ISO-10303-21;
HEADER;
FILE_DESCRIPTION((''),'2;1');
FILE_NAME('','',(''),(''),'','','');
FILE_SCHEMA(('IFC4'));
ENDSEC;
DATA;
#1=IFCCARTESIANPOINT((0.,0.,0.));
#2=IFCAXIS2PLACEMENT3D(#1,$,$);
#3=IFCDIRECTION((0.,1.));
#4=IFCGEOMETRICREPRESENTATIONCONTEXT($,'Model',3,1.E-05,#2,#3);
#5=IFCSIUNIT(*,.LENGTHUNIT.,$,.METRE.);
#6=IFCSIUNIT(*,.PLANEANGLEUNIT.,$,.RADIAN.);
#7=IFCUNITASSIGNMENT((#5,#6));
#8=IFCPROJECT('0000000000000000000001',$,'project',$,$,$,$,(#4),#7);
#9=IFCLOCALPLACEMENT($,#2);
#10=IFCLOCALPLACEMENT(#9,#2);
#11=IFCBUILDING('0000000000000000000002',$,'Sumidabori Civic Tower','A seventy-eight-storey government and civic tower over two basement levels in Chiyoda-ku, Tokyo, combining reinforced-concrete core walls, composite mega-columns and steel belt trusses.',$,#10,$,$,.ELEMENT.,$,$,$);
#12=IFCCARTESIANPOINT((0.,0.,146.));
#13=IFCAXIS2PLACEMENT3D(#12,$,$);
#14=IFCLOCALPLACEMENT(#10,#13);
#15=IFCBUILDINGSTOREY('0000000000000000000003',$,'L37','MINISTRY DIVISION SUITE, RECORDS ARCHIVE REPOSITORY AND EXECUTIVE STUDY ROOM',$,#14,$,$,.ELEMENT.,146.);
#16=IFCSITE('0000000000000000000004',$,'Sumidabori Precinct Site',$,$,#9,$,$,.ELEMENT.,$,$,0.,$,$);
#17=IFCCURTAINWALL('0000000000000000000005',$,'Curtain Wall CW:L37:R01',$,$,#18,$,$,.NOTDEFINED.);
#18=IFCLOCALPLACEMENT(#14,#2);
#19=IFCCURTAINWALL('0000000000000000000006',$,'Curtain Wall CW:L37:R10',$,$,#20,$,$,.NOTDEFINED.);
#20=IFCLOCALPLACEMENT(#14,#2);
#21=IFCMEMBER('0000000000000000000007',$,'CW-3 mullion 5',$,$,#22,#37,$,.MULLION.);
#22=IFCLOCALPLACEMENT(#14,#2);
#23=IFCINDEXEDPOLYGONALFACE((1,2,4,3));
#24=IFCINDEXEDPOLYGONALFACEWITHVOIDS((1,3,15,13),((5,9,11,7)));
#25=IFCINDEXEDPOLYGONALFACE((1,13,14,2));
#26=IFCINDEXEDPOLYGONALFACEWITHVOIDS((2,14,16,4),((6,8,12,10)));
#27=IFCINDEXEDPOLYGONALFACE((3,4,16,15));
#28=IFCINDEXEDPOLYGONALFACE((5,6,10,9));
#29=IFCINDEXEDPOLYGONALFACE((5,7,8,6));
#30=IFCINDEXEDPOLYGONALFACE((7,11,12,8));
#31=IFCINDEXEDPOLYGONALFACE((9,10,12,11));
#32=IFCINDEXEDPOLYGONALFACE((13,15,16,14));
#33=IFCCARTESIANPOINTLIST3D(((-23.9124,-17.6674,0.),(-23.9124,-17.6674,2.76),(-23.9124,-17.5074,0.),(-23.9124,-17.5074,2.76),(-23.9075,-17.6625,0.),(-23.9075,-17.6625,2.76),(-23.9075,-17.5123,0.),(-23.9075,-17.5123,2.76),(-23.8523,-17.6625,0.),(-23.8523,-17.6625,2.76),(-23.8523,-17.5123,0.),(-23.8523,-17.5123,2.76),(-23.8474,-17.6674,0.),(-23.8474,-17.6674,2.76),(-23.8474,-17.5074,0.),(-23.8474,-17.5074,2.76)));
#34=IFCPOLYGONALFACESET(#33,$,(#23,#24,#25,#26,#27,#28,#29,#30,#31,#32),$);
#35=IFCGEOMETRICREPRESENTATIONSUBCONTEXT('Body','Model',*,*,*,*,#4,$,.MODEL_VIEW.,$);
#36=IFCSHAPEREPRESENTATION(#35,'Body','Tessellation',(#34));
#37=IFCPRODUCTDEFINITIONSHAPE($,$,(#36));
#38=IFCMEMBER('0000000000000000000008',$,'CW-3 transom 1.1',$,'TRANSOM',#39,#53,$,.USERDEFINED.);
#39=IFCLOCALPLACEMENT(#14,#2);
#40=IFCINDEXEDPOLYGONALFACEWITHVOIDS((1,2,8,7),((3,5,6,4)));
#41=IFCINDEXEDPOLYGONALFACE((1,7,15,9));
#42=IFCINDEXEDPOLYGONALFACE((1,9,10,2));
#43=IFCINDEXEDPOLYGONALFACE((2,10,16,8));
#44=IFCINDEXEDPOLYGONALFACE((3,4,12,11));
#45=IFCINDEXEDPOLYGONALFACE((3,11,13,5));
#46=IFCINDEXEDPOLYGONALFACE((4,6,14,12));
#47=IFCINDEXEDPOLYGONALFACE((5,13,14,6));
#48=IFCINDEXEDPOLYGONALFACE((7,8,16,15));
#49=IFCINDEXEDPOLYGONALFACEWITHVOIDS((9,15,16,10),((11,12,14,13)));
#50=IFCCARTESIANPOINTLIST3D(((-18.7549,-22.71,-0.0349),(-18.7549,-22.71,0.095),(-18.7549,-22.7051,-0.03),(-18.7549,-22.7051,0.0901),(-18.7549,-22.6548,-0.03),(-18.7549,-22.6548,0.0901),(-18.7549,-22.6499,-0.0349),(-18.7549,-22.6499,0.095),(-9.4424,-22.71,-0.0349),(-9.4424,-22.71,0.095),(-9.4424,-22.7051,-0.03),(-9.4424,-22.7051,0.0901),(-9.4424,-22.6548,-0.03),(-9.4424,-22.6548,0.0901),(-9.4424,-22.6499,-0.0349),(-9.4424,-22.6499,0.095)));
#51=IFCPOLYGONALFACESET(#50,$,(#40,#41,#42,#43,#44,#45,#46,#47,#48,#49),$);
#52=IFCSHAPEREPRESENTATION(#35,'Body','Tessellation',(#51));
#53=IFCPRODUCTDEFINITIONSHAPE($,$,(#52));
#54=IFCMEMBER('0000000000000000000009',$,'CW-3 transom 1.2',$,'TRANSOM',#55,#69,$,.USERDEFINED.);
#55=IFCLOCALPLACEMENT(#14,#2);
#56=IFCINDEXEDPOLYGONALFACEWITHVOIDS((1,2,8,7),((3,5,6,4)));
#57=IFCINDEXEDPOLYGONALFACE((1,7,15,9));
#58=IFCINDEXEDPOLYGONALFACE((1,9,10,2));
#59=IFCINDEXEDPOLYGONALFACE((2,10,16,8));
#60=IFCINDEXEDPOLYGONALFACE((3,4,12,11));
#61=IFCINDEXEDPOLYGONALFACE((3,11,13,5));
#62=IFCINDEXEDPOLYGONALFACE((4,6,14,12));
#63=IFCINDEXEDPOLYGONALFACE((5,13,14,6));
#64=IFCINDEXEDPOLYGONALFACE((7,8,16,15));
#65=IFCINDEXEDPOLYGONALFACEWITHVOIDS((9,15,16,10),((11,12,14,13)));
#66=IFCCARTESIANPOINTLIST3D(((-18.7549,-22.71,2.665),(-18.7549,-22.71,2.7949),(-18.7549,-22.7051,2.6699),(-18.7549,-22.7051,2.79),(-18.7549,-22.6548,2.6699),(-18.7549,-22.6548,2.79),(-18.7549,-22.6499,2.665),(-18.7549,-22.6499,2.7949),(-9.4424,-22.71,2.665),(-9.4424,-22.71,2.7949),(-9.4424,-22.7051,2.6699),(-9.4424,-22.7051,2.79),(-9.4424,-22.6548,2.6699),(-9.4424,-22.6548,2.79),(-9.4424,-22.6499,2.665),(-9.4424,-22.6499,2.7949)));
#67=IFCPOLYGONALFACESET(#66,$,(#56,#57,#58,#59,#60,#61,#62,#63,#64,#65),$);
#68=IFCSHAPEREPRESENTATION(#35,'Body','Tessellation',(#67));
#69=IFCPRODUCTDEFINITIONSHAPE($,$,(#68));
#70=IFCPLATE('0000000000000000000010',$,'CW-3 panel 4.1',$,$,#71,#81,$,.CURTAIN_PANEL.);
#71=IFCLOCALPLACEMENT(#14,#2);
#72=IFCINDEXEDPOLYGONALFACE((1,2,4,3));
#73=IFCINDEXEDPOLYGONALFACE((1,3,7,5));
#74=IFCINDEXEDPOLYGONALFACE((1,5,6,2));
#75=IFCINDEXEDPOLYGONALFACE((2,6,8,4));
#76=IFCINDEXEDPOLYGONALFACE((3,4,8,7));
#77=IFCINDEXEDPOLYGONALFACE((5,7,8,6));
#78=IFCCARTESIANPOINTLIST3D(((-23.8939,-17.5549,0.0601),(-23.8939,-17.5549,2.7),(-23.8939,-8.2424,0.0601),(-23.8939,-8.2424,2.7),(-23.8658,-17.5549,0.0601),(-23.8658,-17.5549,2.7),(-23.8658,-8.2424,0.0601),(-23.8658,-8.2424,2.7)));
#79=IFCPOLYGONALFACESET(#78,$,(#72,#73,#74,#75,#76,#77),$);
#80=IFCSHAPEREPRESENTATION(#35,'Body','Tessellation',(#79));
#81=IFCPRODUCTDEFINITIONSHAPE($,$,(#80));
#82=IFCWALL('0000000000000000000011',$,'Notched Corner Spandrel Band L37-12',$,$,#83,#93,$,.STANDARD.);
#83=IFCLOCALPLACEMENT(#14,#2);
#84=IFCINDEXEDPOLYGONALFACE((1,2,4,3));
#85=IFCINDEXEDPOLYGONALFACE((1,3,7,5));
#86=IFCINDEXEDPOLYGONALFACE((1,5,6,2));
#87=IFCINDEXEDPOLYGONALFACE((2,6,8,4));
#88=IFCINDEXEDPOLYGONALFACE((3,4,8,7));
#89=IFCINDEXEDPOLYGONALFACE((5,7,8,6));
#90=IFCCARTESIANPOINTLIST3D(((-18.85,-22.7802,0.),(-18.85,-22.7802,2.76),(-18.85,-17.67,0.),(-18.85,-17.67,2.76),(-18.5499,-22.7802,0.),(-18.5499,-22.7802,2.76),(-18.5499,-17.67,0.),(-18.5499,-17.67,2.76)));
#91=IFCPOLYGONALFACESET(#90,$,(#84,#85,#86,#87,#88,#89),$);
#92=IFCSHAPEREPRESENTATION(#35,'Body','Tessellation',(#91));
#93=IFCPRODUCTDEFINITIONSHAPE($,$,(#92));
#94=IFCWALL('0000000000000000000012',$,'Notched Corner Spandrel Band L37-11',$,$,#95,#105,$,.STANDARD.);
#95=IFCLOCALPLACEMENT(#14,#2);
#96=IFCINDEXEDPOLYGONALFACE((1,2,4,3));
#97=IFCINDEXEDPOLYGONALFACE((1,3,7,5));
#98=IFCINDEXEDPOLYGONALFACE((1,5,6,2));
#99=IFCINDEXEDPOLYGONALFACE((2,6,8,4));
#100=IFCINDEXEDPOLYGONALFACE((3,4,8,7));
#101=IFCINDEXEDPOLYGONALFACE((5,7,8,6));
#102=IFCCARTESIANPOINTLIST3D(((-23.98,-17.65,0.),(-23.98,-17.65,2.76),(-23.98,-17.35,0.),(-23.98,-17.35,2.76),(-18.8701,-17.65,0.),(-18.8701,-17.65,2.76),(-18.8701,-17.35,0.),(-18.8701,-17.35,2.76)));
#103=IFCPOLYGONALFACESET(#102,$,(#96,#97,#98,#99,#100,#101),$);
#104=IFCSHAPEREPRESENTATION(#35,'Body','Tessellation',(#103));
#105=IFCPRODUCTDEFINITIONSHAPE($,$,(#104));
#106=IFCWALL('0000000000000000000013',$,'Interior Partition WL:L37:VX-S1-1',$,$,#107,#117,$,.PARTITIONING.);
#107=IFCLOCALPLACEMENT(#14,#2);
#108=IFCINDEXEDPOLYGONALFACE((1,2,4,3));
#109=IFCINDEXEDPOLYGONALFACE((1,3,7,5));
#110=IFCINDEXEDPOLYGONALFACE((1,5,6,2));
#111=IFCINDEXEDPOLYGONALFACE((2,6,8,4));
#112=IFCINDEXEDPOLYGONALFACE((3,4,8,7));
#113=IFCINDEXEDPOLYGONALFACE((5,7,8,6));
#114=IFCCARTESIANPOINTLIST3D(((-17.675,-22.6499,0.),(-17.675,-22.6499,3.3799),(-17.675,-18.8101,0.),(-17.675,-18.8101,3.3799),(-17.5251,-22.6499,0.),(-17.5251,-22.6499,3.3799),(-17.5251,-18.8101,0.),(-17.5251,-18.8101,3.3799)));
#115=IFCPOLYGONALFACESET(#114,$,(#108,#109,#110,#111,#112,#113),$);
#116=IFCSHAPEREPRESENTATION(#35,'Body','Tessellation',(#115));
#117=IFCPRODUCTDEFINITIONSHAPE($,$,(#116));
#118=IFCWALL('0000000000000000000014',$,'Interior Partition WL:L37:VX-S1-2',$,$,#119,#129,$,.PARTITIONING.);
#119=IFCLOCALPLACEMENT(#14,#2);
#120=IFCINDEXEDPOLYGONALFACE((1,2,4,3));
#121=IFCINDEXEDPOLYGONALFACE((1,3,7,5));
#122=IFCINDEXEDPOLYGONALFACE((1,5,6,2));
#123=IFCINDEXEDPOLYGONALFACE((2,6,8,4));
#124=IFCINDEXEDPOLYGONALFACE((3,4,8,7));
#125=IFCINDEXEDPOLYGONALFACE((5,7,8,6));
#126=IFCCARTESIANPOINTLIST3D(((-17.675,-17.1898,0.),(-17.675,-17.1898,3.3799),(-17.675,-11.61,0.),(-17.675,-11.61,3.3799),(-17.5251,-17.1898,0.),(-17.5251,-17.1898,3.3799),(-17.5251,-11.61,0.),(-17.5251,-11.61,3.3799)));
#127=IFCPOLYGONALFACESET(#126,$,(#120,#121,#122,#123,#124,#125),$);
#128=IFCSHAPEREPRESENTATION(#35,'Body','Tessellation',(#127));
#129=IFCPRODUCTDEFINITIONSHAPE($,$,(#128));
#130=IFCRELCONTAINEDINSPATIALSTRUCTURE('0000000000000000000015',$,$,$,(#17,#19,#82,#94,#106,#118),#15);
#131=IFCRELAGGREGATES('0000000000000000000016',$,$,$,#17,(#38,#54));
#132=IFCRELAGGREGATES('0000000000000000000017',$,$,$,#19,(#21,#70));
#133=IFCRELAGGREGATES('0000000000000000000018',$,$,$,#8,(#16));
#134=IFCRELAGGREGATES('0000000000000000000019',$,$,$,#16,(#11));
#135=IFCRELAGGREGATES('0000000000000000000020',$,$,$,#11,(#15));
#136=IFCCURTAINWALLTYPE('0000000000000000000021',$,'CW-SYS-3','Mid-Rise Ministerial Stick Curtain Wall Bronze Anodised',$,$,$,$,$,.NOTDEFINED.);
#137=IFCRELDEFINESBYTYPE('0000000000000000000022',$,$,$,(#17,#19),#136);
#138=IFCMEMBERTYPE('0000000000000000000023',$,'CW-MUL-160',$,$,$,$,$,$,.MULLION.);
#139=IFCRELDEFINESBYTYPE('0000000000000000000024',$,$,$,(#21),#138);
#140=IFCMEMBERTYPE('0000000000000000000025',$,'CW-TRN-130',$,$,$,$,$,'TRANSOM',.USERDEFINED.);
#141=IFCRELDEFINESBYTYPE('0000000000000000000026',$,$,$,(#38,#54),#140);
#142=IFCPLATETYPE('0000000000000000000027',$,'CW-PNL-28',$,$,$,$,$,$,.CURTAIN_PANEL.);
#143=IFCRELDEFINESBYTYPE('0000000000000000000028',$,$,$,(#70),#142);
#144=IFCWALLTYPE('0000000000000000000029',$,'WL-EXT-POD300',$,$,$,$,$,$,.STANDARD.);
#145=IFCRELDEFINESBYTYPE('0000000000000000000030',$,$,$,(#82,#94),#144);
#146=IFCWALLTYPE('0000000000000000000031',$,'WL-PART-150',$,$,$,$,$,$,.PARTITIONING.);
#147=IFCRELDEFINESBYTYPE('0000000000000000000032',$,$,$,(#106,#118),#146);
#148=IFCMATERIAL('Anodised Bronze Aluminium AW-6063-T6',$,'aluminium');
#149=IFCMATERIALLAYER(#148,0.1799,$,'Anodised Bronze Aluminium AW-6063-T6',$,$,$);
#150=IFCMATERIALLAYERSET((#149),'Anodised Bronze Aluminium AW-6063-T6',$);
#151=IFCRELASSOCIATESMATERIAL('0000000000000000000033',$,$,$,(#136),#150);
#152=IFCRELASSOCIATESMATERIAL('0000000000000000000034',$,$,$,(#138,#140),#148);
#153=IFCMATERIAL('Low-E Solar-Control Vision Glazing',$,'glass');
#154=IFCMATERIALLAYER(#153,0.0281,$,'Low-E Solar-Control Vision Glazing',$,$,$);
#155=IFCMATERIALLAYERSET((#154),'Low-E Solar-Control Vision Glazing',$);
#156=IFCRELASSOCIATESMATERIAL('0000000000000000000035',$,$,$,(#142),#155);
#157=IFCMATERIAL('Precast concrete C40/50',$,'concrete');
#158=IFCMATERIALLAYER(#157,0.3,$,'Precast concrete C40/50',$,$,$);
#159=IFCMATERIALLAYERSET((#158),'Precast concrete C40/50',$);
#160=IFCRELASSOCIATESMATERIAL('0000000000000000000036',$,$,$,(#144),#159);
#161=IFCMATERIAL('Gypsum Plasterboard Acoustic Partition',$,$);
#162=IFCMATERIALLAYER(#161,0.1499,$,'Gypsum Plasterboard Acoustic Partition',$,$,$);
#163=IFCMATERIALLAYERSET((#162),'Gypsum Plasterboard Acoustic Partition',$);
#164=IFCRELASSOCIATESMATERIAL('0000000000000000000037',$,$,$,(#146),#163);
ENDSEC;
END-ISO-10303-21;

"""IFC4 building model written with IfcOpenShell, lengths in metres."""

from ifc_helpers import new_model, si_unit, direction, frame, frame_2d, origin, origin_2d, place, context, subcontext, project, spatial, rectangle, hollow_rectangle, extrude, source, transform, mapped, material, layer, layer_set, material_profile, profile_set, type_object, element, aggregate, save


model = new_model("IFC4")

# Units and contexts
model_context = context("Model", 3, precision=1e-05, world=origin(), true_north=direction((0.0, 1.0)))
body_context = subcontext(model_context, "Body", "Model", "MODEL_VIEW")
ifc_project = project(units=[si_unit("LENGTHUNIT", "METRE"), si_unit("PLANEANGLEUNIT", "RADIAN")], contexts=[model_context])

# Site, building, storey
site_placement = place(None, origin())
site = spatial("IfcSite", under=ifc_project, at=site_placement, Name="Sumidabori Precinct Site", CompositionType="ELEMENT", RefElevation=0.0)
building_placement = place(site_placement, origin())
building = spatial("IfcBuilding", under=site, at=building_placement, Name="Sumidabori Civic Tower", Description="A seventy-eight-storey government and civic tower over two basement levels in Chiyoda-ku, Tokyo, combining reinforced-concrete core walls, composite mega-columns and steel belt trusses.", CompositionType="ELEMENT")
storey_placement = place(building_placement, frame((0.0, 0.0, 146.0)))
storey = spatial("IfcBuildingStorey", under=building, at=storey_placement, Name="L37", Description="MINISTRY DIVISION SUITE, RECORDS ARCHIVE REPOSITORY AND EXECUTIVE STUDY ROOM", CompositionType="ELEMENT", Elevation=146.0)

# Curtain walls, member
ifc_material_1 = material(Name="Anodised Bronze Aluminium AW-6063-T6", Category="aluminium")
ifc_layer_1 = layer(ifc_material_1, 0.1799, Name="Anodised Bronze Aluminium AW-6063-T6")
ifc_layer_set_1 = layer_set([ifc_layer_1], Name="Anodised Bronze Aluminium AW-6063-T6")
curtain_wall_type = type_object("IfcCurtainWallType", Name="CW-SYS-3", Description="Mid-Rise Ministerial Stick Curtain Wall Bronze Anodised", PredefinedType="NOTDEFINED", material=ifc_layer_set_1)
curtain_wall_1_placement = place(storey_placement, origin())
curtain_wall_1 = element("IfcCurtainWall", 1, at=curtain_wall_1_placement, inside=storey, type_object=curtain_wall_type, Name="Curtain Wall CW:L37:R01", PredefinedType="NOTDEFINED")
ifc_material_profile_1 = material_profile(ifc_material_1, hollow_rectangle(XDim=0.0649, YDim=0.1599, WallThickness=0.0049, at=origin_2d()), Name="ALU MULLION 160x65")
ifc_profile_set_1 = profile_set([ifc_material_profile_1], Name="Anodised Bronze Aluminium AW-6063-T6")
member_type_1 = type_object("IfcMemberType", Name="CW-MUL-160", PredefinedType="MULLION", material=ifc_profile_set_1)
shared_shape_1 = source(origin(), body_context, "Body", "SweptSolid", [
    extrude(hollow_rectangle(XDim=0.0649, YDim=0.1599, WallThickness=0.0049, at=origin_2d()), origin(), (0.0, 0.0, 1.0), 2.76),
])
curtain_wall_2_placement = place(storey_placement, origin())
curtain_wall_2 = element("IfcCurtainWall", 2, at=curtain_wall_2_placement, inside=storey, type_object=curtain_wall_type, Name="Curtain Wall CW:L37:R10", PredefinedType="NOTDEFINED")
member_1_placement = place(storey_placement, frame((-23.8799, -17.5874, 0.0), z_axis=(0.0, 0.0, 1.0), x_axis=(1.0, 0.0, 0.0)))
member_1 = element("IfcMember", 3, at=member_1_placement, type_object=member_type_1, Name="CW-3 mullion 5", PredefinedType="MULLION", context=body_context, shape_type="MappedRepresentation", body=[
    mapped(shared_shape_1, transform((0.0, 0.0, 0.0), x_axis=(1.0, 0.0, 0.0), y_axis=(0.0, 1.0, 0.0), z_axis=(0.0, 0.0, 1.0), scale=1.0)),
])

# Members
ifc_material_profile_2 = material_profile(ifc_material_1, hollow_rectangle(XDim=0.0601, YDim=0.1299, WallThickness=0.0049, at=origin_2d()), Name="ALU TRANSOM 130x60")
ifc_profile_set_2 = profile_set([ifc_material_profile_2], Name="Anodised Bronze Aluminium AW-6063-T6")
member_type_2 = type_object("IfcMemberType", Name="CW-TRN-130", ElementType="TRANSOM", PredefinedType="USERDEFINED", material=ifc_profile_set_2)
shared_shape_2 = source(origin(), body_context, "Body", "SweptSolid", [
    extrude(hollow_rectangle(XDim=0.0601, YDim=0.1299, WallThickness=0.0049, at=origin_2d()), origin(), (0.0, 0.0, 1.0), 9.3125),
])
member_2_placement = place(storey_placement, frame((-18.7549, -22.6799, 0.03), z_axis=(1.0, 0.0, 0.0), x_axis=(0.0, 1.0, 0.0)))
member_2 = element("IfcMember", 4, at=member_2_placement, type_object=member_type_2, Name="CW-3 transom 1.1", ObjectType="TRANSOM", PredefinedType="USERDEFINED", context=body_context, shape_type="MappedRepresentation", body=[
    mapped(shared_shape_2, transform((0.0, 0.0, 0.0), x_axis=(1.0, 0.0, 0.0), y_axis=(0.0, 1.0, 0.0), z_axis=(0.0, 0.0, 1.0), scale=1.0)),
])
member_3_placement = place(storey_placement, frame((-18.7549, -22.6799, 2.73), z_axis=(1.0, 0.0, 0.0), x_axis=(0.0, 1.0, 0.0)))
member_3 = element("IfcMember", 5, at=member_3_placement, type_object=member_type_2, Name="CW-3 transom 1.2", ObjectType="TRANSOM", PredefinedType="USERDEFINED", context=body_context, shape_type="MappedRepresentation", body=[
    mapped(shared_shape_2, transform((0.0, 0.0, 0.0), x_axis=(1.0, 0.0, 0.0), y_axis=(0.0, 1.0, 0.0), z_axis=(0.0, 0.0, 1.0), scale=1.0)),
])
aggregate(curtain_wall_1, [member_2, member_3])

# Plate
ifc_material_2 = material(Name="Low-E Solar-Control Vision Glazing", Category="glass")
ifc_layer_2 = layer(ifc_material_2, 0.0281, Name="Low-E Solar-Control Vision Glazing")
ifc_layer_set_2 = layer_set([ifc_layer_2], Name="Low-E Solar-Control Vision Glazing")
plate_type = type_object("IfcPlateType", Name="CW-PNL-28", PredefinedType="CURTAIN_PANEL", material=ifc_layer_set_2)
shared_shape_3 = source(origin(), body_context, "Body", "SweptSolid", [
    extrude(rectangle(XDim=9.3125, YDim=0.0281, at=origin_2d()), origin(), (0.0, 0.0, 1.0), 2.6399),
])
plate_placement = place(storey_placement, frame((-23.8799, -12.8987, 0.0601), z_axis=(0.0, 0.0, 1.0), x_axis=(0.0, -1.0, 0.0)))
plate = element("IfcPlate", 6, at=plate_placement, type_object=plate_type, Name="CW-3 panel 4.1", PredefinedType="CURTAIN_PANEL", context=body_context, shape_type="MappedRepresentation", body=[
    mapped(shared_shape_3, transform((0.0, 0.0, 0.0), x_axis=(1.0, 0.0, 0.0), y_axis=(0.0, 1.0, 0.0), z_axis=(0.0, 0.0, 1.0), scale=1.0)),
])
aggregate(curtain_wall_2, [member_1, plate])

# Walls
ifc_material_3 = material(Name="Precast concrete C40/50", Category="concrete")
ifc_layer_3 = layer(ifc_material_3, 0.3, Name="Precast concrete C40/50")
ifc_layer_set_3 = layer_set([ifc_layer_3], Name="Precast concrete C40/50")
wall_type_1 = type_object("IfcWallType", Name="WL-EXT-POD300", PredefinedType="STANDARD", material=ifc_layer_set_3)
shared_shape_4 = source(origin(), body_context, "Body", "SweptSolid", [
    extrude(rectangle(XDim=5.1101, YDim=0.3, at=frame_2d((2.5552, 0.0))), origin(), (0.0, 0.0, 1.0), 2.76),
])
wall_1_placement = place(storey_placement, frame((-18.7, -17.6699, 0.0), z_axis=(0.0, 0.0, 1.0), x_axis=(0.0, -1.0, 0.0)))
element("IfcWall", 7, at=wall_1_placement, inside=storey, type_object=wall_type_1, Name="Notched Corner Spandrel Band L37-12", PredefinedType="STANDARD", context=body_context, shape_type="MappedRepresentation", body=[
    mapped(shared_shape_4, transform((0.0, 0.0, 0.0), x_axis=(1.0, 0.0, 0.0), y_axis=(0.0, 1.0, 0.0), z_axis=(0.0, 0.0, 1.0), scale=1.0)),
])
shared_shape_5 = source(origin(), body_context, "Body", "SweptSolid", [
    extrude(rectangle(XDim=5.1099, YDim=0.3, at=frame_2d((2.5549, 0.0))), origin(), (0.0, 0.0, 1.0), 2.76),
])
wall_2_placement = place(storey_placement, frame((-23.98, -17.5, 0.0), z_axis=(0.0, 0.0, 1.0), x_axis=(1.0, 0.0, 0.0)))
element("IfcWall", 8, at=wall_2_placement, inside=storey, type_object=wall_type_1, Name="Notched Corner Spandrel Band L37-11", PredefinedType="STANDARD", context=body_context, shape_type="MappedRepresentation", body=[
    mapped(shared_shape_5, transform((0.0, 0.0, 0.0), x_axis=(1.0, 0.0, 0.0), y_axis=(0.0, 1.0, 0.0), z_axis=(0.0, 0.0, 1.0), scale=1.0)),
])
ifc_material_4 = material(Name="Gypsum Plasterboard Acoustic Partition")
ifc_layer_4 = layer(ifc_material_4, 0.1499, Name="Gypsum Plasterboard Acoustic Partition")
ifc_layer_set_4 = layer_set([ifc_layer_4], Name="Gypsum Plasterboard Acoustic Partition")
wall_type_2 = type_object("IfcWallType", Name="WL-PART-150", PredefinedType="PARTITIONING", material=ifc_layer_set_4)
shared_shape_6 = source(origin(), body_context, "Body", "SweptSolid", [
    extrude(rectangle(XDim=3.8398, YDim=0.1499, at=frame_2d((1.9199, 0.0))), origin(), (0.0, 0.0, 1.0), 3.3799),
])
wall_3_placement = place(storey_placement, frame((-17.6001, -22.6499, 0.0), z_axis=(0.0, 0.0, 1.0), x_axis=(0.0, 1.0, 0.0)))
element("IfcWall", 9, at=wall_3_placement, inside=storey, type_object=wall_type_2, Name="Interior Partition WL:L37:VX-S1-1", PredefinedType="PARTITIONING", context=body_context, shape_type="MappedRepresentation", body=[
    mapped(shared_shape_6, transform((0.0, 0.0, 0.0), x_axis=(1.0, 0.0, 0.0), y_axis=(0.0, 1.0, 0.0), z_axis=(0.0, 0.0, 1.0), scale=1.0)),
])
shared_shape_7 = source(origin(), body_context, "Body", "SweptSolid", [
    extrude(rectangle(XDim=5.5798, YDim=0.1499, at=frame_2d((2.79, 0.0))), origin(), (0.0, 0.0, 1.0), 3.3799),
])
wall_4_placement = place(storey_placement, frame((-17.6001, -17.1899, 0.0), z_axis=(0.0, 0.0, 1.0), x_axis=(0.0, 1.0, 0.0)))
element("IfcWall", 10, at=wall_4_placement, inside=storey, type_object=wall_type_2, Name="Interior Partition WL:L37:VX-S1-2", PredefinedType="PARTITIONING", context=body_context, shape_type="MappedRepresentation", body=[
    mapped(shared_shape_7, transform((0.0, 0.0, 0.0), x_axis=(1.0, 0.0, 0.0), y_axis=(0.0, 1.0, 0.0), z_axis=(0.0, 0.0, 1.0), scale=1.0)),
])

save(model, "model.ifc")
